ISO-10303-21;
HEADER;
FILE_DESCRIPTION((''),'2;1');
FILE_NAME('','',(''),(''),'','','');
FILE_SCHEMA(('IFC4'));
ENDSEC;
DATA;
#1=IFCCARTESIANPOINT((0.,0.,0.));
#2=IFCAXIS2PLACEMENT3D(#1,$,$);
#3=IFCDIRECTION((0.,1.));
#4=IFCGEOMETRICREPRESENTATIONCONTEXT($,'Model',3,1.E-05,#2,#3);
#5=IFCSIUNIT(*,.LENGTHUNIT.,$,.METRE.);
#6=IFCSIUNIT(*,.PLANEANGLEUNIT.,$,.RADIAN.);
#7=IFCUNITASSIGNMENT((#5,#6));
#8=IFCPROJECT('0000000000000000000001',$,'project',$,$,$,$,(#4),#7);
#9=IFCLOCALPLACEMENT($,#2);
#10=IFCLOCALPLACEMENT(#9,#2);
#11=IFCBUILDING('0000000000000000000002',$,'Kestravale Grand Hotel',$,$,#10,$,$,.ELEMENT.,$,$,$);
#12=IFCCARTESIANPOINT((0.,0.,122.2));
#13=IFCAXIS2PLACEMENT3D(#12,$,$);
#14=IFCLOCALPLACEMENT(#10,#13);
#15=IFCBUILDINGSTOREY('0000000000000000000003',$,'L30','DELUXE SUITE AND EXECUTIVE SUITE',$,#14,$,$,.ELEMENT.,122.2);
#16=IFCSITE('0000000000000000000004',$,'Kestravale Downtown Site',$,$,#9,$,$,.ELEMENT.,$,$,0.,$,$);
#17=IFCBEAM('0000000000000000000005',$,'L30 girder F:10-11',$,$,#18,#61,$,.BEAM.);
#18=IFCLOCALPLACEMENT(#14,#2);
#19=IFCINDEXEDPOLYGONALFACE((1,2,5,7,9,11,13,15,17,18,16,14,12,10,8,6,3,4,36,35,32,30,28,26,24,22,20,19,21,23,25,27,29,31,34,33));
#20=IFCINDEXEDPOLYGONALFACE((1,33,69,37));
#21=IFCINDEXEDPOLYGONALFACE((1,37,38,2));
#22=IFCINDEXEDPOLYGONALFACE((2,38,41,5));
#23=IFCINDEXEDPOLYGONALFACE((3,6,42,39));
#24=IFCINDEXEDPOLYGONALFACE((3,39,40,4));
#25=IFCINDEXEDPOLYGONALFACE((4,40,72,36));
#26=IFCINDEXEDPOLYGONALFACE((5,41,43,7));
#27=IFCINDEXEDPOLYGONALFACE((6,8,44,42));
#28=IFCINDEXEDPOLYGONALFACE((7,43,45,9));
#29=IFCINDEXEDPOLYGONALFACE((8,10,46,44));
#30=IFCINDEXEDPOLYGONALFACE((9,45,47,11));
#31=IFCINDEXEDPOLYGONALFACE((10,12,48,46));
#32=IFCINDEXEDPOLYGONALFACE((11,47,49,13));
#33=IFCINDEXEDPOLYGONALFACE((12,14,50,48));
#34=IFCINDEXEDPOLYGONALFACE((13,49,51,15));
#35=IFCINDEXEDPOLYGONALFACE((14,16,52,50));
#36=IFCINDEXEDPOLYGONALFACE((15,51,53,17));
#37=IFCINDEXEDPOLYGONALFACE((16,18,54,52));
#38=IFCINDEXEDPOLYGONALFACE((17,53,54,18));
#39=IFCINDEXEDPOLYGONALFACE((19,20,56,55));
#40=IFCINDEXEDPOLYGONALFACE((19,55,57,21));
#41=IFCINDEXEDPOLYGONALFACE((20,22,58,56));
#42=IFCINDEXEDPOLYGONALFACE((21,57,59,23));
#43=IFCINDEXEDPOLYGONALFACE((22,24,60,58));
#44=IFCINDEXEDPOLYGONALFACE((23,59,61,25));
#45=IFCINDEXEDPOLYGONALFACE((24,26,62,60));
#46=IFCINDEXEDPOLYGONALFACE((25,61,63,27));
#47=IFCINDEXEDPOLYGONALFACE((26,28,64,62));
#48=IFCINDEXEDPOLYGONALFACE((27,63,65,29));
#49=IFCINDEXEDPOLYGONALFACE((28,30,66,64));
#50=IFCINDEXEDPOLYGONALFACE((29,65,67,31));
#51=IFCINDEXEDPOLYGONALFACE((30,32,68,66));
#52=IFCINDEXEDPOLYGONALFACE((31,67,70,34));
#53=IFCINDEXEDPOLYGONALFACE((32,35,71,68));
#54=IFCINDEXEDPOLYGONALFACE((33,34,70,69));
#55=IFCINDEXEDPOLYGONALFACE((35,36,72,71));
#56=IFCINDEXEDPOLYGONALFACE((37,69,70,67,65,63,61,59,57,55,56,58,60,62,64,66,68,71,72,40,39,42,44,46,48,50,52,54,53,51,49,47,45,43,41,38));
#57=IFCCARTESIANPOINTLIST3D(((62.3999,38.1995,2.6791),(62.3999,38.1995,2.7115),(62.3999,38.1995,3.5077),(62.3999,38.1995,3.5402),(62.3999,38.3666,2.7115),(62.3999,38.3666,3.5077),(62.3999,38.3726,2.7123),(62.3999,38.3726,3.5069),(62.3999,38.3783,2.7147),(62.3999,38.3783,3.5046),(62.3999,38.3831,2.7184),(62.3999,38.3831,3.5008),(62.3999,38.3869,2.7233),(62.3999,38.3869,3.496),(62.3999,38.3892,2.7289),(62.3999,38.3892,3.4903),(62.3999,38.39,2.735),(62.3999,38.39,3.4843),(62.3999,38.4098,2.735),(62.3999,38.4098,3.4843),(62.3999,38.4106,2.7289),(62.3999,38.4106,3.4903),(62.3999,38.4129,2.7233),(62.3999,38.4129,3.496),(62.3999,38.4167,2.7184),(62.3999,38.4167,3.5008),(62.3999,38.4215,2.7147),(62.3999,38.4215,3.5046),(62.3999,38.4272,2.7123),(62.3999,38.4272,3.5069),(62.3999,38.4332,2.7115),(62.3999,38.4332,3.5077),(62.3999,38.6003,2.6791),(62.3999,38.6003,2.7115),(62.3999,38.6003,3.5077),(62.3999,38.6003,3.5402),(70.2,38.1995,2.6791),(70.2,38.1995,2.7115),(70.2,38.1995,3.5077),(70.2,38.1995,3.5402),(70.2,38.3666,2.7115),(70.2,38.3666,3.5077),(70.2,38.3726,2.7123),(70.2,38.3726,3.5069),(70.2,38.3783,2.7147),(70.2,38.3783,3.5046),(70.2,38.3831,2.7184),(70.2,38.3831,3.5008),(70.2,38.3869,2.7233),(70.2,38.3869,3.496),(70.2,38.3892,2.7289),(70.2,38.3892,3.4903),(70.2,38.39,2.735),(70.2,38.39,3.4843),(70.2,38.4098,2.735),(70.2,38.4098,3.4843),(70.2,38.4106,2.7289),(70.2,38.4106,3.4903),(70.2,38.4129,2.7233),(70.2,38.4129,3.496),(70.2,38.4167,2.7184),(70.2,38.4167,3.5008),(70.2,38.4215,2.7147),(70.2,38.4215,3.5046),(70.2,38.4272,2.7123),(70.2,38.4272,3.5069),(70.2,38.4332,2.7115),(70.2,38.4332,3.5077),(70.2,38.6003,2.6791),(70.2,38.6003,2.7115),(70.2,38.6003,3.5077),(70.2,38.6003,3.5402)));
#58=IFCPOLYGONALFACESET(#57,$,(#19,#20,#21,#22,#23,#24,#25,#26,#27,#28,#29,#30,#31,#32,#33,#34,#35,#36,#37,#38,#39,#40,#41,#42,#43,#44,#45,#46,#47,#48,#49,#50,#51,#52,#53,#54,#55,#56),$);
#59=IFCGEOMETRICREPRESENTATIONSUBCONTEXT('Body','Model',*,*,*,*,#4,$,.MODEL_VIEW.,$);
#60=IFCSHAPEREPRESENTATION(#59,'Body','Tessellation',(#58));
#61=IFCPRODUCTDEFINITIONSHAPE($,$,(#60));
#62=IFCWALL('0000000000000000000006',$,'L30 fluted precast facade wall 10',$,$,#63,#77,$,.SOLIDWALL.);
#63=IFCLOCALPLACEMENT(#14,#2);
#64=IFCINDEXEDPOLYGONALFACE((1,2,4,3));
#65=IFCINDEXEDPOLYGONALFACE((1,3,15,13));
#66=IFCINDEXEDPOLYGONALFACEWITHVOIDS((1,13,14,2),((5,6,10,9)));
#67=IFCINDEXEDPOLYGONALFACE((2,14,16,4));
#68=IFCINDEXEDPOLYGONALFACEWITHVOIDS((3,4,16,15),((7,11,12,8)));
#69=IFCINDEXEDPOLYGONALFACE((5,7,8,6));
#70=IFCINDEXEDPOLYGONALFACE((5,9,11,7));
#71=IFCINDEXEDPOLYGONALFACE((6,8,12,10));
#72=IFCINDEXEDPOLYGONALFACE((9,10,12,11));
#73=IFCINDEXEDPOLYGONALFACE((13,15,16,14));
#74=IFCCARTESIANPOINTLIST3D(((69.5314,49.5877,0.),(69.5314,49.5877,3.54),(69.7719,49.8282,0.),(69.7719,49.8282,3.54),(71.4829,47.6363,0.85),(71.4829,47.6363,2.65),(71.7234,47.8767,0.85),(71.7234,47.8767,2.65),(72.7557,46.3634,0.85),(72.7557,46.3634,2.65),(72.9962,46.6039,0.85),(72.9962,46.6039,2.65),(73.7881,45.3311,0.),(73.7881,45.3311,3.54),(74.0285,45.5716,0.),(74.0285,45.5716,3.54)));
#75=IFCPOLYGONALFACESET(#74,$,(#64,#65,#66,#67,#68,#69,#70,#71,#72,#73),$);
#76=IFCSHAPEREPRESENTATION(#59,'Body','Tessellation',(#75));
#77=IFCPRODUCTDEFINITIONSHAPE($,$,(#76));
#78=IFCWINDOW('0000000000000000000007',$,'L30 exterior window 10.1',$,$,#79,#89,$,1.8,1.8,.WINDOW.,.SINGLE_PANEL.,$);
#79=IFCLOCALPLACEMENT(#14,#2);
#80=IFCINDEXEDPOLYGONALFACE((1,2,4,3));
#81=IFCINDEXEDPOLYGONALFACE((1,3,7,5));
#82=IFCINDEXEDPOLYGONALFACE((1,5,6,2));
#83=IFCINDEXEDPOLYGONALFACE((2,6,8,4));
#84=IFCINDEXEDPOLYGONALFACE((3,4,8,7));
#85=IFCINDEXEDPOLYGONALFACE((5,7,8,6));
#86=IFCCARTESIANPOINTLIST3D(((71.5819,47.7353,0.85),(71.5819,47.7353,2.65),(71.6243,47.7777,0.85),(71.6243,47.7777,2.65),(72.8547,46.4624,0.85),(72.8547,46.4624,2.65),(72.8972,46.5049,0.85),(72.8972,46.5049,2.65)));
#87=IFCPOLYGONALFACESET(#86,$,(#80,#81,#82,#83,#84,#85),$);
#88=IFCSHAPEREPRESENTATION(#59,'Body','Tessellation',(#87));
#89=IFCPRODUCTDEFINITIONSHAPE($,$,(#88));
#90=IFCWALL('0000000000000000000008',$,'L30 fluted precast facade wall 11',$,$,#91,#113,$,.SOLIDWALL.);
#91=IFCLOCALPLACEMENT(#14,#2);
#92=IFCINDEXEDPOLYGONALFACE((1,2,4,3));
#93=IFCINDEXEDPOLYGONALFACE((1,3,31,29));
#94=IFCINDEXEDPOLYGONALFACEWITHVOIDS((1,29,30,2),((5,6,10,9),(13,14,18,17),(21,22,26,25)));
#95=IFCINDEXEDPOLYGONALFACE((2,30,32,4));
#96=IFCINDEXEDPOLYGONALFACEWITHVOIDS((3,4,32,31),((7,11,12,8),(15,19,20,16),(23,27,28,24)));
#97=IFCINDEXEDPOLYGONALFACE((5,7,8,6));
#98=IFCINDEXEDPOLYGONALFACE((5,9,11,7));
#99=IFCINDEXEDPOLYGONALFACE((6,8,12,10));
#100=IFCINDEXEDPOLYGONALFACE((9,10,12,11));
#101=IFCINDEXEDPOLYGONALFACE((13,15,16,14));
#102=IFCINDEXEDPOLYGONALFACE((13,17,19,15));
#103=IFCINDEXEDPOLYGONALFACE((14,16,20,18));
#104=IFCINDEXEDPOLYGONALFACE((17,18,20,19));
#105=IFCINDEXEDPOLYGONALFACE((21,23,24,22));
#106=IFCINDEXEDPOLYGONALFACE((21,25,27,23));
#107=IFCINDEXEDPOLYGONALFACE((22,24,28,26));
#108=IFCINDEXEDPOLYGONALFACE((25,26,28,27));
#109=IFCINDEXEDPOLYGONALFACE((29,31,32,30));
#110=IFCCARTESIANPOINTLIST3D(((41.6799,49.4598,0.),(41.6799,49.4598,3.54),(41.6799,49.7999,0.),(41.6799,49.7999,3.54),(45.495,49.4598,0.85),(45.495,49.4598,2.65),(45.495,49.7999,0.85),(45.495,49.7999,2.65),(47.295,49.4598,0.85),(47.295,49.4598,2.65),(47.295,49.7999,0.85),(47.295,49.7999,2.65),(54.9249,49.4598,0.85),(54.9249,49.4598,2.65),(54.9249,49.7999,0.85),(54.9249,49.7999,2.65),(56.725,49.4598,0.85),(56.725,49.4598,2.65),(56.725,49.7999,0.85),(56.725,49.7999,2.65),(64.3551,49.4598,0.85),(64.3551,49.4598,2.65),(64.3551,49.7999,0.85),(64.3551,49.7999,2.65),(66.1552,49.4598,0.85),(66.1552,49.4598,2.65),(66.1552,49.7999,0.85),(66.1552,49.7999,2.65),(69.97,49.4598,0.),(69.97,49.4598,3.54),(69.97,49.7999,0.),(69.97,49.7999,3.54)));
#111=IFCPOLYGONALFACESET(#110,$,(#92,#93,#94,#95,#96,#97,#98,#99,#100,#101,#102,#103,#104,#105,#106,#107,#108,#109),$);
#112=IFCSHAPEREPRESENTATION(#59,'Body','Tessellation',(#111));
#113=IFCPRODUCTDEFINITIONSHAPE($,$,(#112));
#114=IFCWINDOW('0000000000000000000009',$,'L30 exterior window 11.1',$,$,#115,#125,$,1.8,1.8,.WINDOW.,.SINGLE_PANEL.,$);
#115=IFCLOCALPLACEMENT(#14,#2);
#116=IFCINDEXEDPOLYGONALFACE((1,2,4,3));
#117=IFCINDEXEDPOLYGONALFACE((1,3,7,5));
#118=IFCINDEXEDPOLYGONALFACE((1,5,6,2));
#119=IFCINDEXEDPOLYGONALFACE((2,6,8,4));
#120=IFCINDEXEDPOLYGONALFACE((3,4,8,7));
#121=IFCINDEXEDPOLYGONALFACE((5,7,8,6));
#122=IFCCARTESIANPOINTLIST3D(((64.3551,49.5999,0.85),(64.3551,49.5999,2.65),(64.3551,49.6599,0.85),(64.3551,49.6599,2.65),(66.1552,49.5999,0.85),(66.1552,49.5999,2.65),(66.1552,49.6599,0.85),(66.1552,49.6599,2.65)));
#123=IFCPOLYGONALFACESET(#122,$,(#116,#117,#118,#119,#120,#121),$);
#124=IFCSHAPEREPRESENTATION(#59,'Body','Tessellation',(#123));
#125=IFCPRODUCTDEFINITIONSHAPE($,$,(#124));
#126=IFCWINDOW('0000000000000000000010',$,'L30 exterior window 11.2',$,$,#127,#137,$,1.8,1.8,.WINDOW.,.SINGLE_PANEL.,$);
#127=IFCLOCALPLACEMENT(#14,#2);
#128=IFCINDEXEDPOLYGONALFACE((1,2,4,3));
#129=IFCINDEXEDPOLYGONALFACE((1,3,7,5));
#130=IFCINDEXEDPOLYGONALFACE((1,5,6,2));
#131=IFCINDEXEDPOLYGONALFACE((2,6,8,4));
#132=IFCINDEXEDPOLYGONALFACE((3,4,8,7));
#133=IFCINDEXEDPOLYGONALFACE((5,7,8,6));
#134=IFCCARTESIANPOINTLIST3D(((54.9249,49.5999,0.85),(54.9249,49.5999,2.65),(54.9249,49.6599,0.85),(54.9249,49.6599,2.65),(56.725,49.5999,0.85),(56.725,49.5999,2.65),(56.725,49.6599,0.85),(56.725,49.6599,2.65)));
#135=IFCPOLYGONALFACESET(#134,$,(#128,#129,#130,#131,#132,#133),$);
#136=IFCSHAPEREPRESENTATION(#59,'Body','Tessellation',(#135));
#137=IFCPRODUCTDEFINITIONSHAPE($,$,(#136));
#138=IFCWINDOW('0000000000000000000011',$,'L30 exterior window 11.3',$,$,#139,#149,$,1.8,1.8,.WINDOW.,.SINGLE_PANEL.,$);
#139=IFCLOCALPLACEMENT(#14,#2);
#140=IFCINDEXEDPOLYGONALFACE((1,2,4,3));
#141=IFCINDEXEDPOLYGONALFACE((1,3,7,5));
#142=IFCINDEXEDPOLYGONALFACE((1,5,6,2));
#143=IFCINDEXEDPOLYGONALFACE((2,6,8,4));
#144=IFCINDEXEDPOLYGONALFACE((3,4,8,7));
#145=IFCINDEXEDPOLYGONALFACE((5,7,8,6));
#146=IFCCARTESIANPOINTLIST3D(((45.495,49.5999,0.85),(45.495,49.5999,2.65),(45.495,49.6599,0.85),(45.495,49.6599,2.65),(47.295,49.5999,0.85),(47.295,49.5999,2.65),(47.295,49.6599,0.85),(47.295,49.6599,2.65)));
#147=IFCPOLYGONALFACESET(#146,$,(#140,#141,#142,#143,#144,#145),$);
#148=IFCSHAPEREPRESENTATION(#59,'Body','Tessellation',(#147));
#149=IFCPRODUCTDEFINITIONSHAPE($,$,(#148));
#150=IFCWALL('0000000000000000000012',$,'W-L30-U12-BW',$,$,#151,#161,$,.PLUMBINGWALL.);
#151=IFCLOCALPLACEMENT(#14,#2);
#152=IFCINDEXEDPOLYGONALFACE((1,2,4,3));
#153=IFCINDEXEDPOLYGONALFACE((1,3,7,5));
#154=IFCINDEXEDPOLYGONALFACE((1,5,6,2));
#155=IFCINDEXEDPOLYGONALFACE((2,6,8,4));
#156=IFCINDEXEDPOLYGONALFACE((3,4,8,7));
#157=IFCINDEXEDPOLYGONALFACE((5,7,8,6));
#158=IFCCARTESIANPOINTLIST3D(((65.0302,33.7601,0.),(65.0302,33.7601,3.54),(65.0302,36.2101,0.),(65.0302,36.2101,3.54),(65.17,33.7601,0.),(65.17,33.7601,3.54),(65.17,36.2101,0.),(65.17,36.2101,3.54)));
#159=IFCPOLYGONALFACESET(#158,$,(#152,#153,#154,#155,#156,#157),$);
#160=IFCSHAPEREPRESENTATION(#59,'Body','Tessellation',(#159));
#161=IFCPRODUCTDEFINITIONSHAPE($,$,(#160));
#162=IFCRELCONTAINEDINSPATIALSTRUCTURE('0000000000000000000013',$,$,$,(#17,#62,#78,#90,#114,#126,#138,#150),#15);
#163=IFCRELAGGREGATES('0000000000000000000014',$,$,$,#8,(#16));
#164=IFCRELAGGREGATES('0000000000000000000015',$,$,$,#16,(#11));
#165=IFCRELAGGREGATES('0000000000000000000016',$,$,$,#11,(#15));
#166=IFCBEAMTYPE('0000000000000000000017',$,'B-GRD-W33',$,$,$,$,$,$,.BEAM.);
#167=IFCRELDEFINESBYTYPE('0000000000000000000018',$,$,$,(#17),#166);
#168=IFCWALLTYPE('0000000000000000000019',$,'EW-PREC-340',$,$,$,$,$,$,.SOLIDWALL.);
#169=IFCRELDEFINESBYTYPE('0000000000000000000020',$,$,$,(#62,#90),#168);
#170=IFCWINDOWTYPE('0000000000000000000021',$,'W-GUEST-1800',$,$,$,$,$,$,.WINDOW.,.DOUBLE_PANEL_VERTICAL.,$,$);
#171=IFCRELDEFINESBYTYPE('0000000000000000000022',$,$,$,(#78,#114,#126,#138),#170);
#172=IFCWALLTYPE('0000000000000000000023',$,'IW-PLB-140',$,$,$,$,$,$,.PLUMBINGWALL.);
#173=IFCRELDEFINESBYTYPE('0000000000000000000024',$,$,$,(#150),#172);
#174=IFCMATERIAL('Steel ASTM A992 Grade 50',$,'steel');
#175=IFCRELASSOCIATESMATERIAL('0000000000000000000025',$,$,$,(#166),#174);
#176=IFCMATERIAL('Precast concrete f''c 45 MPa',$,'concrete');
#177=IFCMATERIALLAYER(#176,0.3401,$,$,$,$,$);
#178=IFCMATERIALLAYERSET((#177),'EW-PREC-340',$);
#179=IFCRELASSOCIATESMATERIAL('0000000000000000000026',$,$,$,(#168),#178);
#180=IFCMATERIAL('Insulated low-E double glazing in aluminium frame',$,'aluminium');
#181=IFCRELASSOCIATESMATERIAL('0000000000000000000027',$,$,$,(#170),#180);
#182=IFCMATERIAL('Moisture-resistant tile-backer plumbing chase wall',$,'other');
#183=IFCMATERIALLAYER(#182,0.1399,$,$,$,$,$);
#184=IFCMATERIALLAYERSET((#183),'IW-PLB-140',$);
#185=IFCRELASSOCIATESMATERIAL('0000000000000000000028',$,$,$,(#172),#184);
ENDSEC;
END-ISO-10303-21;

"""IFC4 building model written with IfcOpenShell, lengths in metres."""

from ifc_helpers import new_model, si_unit, direction, frame, frame_2d, origin, origin_2d, place, context, subcontext, project, spatial, rectangle, i_section, extrude, material, layer, layer_set, material_profile, profile_set, type_object, element, fill, save


model = new_model("IFC4")

# Units and contexts
model_context = context("Model", 3, precision=1e-05, world=origin(), true_north=direction((0.0, 1.0)))
body_context = subcontext(model_context, "Body", "Model", "MODEL_VIEW")
ifc_project = project(units=[si_unit("LENGTHUNIT", "METRE"), si_unit("PLANEANGLEUNIT", "RADIAN")], contexts=[model_context])

# Site, building, storey
site_placement = place(None, origin())
site = spatial("IfcSite", under=ifc_project, at=site_placement, Name="Kestravale Downtown Site", CompositionType="ELEMENT", RefElevation=0.0)
building_placement = place(site_placement, origin())
building = spatial("IfcBuilding", under=site, at=building_placement, Name="Kestravale Grand Hotel", CompositionType="ELEMENT")
storey_placement = place(building_placement, frame((0.0, 0.0, 122.2)))
storey = spatial("IfcBuildingStorey", under=building, at=storey_placement, Name="L30", Description="DELUXE SUITE AND EXECUTIVE SUITE", CompositionType="ELEMENT", Elevation=122.2)

# Beam
ifc_material_1 = material(Name="Steel ASTM A992 Grade 50", Category="steel")
ifc_material_profile_1 = material_profile(ifc_material_1, i_section(OverallWidth=0.4009, OverallDepth=0.8611, WebThickness=0.0198, FlangeThickness=0.0325, FilletRadius=0.0234, at=origin_2d()))
ifc_profile_set_1 = profile_set([ifc_material_profile_1], Name="Steel ASTM A992 Grade 50")
beam_type_1 = type_object("IfcBeamType", Name="B-GRD-W33", PredefinedType="BEAM", material=ifc_profile_set_1)
beam_1_placement = place(storey_placement, frame((62.3999, 38.3999, 3.1096), z_axis=(1.0, 0.0, 0.0), x_axis=(0.0, 1.0, 0.0)))
element("IfcBeam", 1, at=beam_1_placement, inside=storey, type_object=beam_type_1, Name="L30 girder F:10-11", PredefinedType="BEAM", context=body_context, shape_type="SweptSolid", body=[
    extrude(i_section(OverallWidth=0.4009, OverallDepth=0.8611, WebThickness=0.0198, FlangeThickness=0.0325, FilletRadius=0.0234, at=origin_2d()), origin(), (0.0, 0.0, 1.0), 7.8),
])

# Wall, opening, window
ifc_material_2 = material(Name="Precast concrete f'c 45 MPa", Category="concrete")
ifc_layer_1 = layer(ifc_material_2, 0.3401)
ifc_layer_set_1 = layer_set([ifc_layer_1], Name="EW-PREC-340")
wall_type_1 = type_object("IfcWallType", Name="EW-PREC-340", PredefinedType="SOLIDWALL", material=ifc_layer_set_1)
wall_1_placement = place(storey_placement, frame((73.9082, 45.4514, 0.0), z_axis=(0.0, 0.0, 1.0), x_axis=(-0.707107, 0.707107, 0.0)))
wall_1 = element("IfcWall", 2, at=wall_1_placement, inside=storey, type_object=wall_type_1, Name="L30 fluted precast facade wall 10", PredefinedType="SOLIDWALL", context=body_context, shape_type="SweptSolid", body=[
    extrude(rectangle(XDim=6.0198, YDim=0.3401, at=frame_2d((3.0098, 0.0))), origin(), (0.0, 0.0, 1.0), 3.54),
])
opening_1_placement = place(wall_1_placement, frame((1.46, 0.0, 0.8501)))
opening_1 = element("IfcOpeningElement", 3, at=opening_1_placement, cuts=wall_1, PredefinedType="OPENING", context=body_context, shape_type="SweptSolid", body=[
    extrude(rectangle(XDim=1.8, YDim=1.8, at=frame_2d((0.8999, 0.8999))), frame((0.0, 0.1799, 0.0), z_axis=(0.0, -1.0, 0.0), x_axis=(1.0, 0.0, 0.0)), (0.0, 0.0, 1.0), 0.3601),
])
ifc_material_3 = material(Name="Insulated low-E double glazing in aluminium frame", Category="aluminium")
window_type = type_object("IfcWindowType", Name="W-GUEST-1800", PartitioningType="DOUBLE_PANEL_VERTICAL", PredefinedType="WINDOW", material=ifc_material_3)
window_1_placement = place(opening_1_placement, origin())
window_1 = element("IfcWindow", 4, at=window_1_placement, inside=storey, type_object=window_type, Name="L30 exterior window 10.1", OverallHeight=1.8, OverallWidth=1.8, PartitioningType="SINGLE_PANEL", PredefinedType="WINDOW", context=body_context, shape_type="SweptSolid", body=[
    extrude(rectangle(XDim=1.8, YDim=1.8, at=frame_2d((0.8999, 0.8999))), frame((0.0, 0.03, 0.0), z_axis=(0.0, -1.0, 0.0), x_axis=(1.0, 0.0, 0.0)), (0.0, 0.0, 1.0), 0.0601),
])
fill(opening_1, window_1)

# Wall, openings, windows
wall_2_placement = place(storey_placement, frame((69.97, 49.6299, 0.0), z_axis=(0.0, 0.0, 1.0), x_axis=(-1.0, 0.0, 0.0)))
wall_2 = element("IfcWall", 5, at=wall_2_placement, inside=storey, type_object=wall_type_1, Name="L30 fluted precast facade wall 11", PredefinedType="SOLIDWALL", context=body_context, shape_type="SweptSolid", body=[
    extrude(rectangle(XDim=28.29, YDim=0.3401, at=frame_2d((14.145, 0.0))), origin(), (0.0, 0.0, 1.0), 3.54),
])
opening_2_placement = place(wall_2_placement, frame((3.8149, 0.0, 0.8501)))
opening_2 = element("IfcOpeningElement", 6, at=opening_2_placement, cuts=wall_2, PredefinedType="OPENING", context=body_context, shape_type="SweptSolid", body=[
    extrude(rectangle(XDim=1.8, YDim=1.8, at=frame_2d((0.8999, 0.8999))), frame((0.0, 0.1799, 0.0), z_axis=(0.0, -1.0, 0.0), x_axis=(1.0, 0.0, 0.0)), (0.0, 0.0, 1.0), 0.3601),
])
opening_3_placement = place(wall_2_placement, frame((13.2451, 0.0, 0.8501)))
opening_3 = element("IfcOpeningElement", 7, at=opening_3_placement, cuts=wall_2, PredefinedType="OPENING", context=body_context, shape_type="SweptSolid", body=[
    extrude(rectangle(XDim=1.8, YDim=1.8, at=frame_2d((0.8999, 0.8999))), frame((0.0, 0.1799, 0.0), z_axis=(0.0, -1.0, 0.0), x_axis=(1.0, 0.0, 0.0)), (0.0, 0.0, 1.0), 0.3601),
])
opening_4_placement = place(wall_2_placement, frame((22.675, 0.0, 0.8501)))
opening_4 = element("IfcOpeningElement", 8, at=opening_4_placement, cuts=wall_2, PredefinedType="OPENING", context=body_context, shape_type="SweptSolid", body=[
    extrude(rectangle(XDim=1.8, YDim=1.8, at=frame_2d((0.8999, 0.8999))), frame((0.0, 0.1799, 0.0), z_axis=(0.0, -1.0, 0.0), x_axis=(1.0, 0.0, 0.0)), (0.0, 0.0, 1.0), 0.3601),
])
window_2_placement = place(opening_2_placement, origin())
window_2 = element("IfcWindow", 9, at=window_2_placement, inside=storey, type_object=window_type, Name="L30 exterior window 11.1", OverallHeight=1.8, OverallWidth=1.8, PartitioningType="SINGLE_PANEL", PredefinedType="WINDOW", context=body_context, shape_type="SweptSolid", body=[
    extrude(rectangle(XDim=1.8, YDim=1.8, at=frame_2d((0.8999, 0.8999))), frame((0.0, 0.03, 0.0), z_axis=(0.0, -1.0, 0.0), x_axis=(1.0, 0.0, 0.0)), (0.0, 0.0, 1.0), 0.0601),
])
fill(opening_2, window_2)
window_3_placement = place(opening_3_placement, origin())
window_3 = element("IfcWindow", 10, at=window_3_placement, inside=storey, type_object=window_type, Name="L30 exterior window 11.2", OverallHeight=1.8, OverallWidth=1.8, PartitioningType="SINGLE_PANEL", PredefinedType="WINDOW", context=body_context, shape_type="SweptSolid", body=[
    extrude(rectangle(XDim=1.8, YDim=1.8, at=frame_2d((0.8999, 0.8999))), frame((0.0, 0.03, 0.0), z_axis=(0.0, -1.0, 0.0), x_axis=(1.0, 0.0, 0.0)), (0.0, 0.0, 1.0), 0.0601),
])
fill(opening_3, window_3)
window_4_placement = place(opening_4_placement, origin())
window_4 = element("IfcWindow", 11, at=window_4_placement, inside=storey, type_object=window_type, Name="L30 exterior window 11.3", OverallHeight=1.8, OverallWidth=1.8, PartitioningType="SINGLE_PANEL", PredefinedType="WINDOW", context=body_context, shape_type="SweptSolid", body=[
    extrude(rectangle(XDim=1.8, YDim=1.8, at=frame_2d((0.8999, 0.8999))), frame((0.0, 0.03, 0.0), z_axis=(0.0, -1.0, 0.0), x_axis=(1.0, 0.0, 0.0)), (0.0, 0.0, 1.0), 0.0601),
])
fill(opening_4, window_4)

# Wall
ifc_material_4 = material(Name="Moisture-resistant tile-backer plumbing chase wall", Category="other")
ifc_layer_2 = layer(ifc_material_4, 0.1399)
ifc_layer_set_2 = layer_set([ifc_layer_2], Name="IW-PLB-140")
wall_type_2 = type_object("IfcWallType", Name="IW-PLB-140", PredefinedType="PLUMBINGWALL", material=ifc_layer_set_2)
wall_3_placement = place(storey_placement, frame((65.1001, 33.76, 0.0), z_axis=(0.0, 0.0, 1.0), x_axis=(0.0, 1.0, 0.0)))
element("IfcWall", 12, at=wall_3_placement, inside=storey, type_object=wall_type_2, Name="W-L30-U12-BW", PredefinedType="PLUMBINGWALL", context=body_context, shape_type="SweptSolid", body=[
    extrude(rectangle(XDim=2.45, YDim=0.1399, at=frame_2d((1.2251, 0.0))), origin(), (0.0, 0.0, 1.0), 3.54),
])

save(model, "model.ifc")
